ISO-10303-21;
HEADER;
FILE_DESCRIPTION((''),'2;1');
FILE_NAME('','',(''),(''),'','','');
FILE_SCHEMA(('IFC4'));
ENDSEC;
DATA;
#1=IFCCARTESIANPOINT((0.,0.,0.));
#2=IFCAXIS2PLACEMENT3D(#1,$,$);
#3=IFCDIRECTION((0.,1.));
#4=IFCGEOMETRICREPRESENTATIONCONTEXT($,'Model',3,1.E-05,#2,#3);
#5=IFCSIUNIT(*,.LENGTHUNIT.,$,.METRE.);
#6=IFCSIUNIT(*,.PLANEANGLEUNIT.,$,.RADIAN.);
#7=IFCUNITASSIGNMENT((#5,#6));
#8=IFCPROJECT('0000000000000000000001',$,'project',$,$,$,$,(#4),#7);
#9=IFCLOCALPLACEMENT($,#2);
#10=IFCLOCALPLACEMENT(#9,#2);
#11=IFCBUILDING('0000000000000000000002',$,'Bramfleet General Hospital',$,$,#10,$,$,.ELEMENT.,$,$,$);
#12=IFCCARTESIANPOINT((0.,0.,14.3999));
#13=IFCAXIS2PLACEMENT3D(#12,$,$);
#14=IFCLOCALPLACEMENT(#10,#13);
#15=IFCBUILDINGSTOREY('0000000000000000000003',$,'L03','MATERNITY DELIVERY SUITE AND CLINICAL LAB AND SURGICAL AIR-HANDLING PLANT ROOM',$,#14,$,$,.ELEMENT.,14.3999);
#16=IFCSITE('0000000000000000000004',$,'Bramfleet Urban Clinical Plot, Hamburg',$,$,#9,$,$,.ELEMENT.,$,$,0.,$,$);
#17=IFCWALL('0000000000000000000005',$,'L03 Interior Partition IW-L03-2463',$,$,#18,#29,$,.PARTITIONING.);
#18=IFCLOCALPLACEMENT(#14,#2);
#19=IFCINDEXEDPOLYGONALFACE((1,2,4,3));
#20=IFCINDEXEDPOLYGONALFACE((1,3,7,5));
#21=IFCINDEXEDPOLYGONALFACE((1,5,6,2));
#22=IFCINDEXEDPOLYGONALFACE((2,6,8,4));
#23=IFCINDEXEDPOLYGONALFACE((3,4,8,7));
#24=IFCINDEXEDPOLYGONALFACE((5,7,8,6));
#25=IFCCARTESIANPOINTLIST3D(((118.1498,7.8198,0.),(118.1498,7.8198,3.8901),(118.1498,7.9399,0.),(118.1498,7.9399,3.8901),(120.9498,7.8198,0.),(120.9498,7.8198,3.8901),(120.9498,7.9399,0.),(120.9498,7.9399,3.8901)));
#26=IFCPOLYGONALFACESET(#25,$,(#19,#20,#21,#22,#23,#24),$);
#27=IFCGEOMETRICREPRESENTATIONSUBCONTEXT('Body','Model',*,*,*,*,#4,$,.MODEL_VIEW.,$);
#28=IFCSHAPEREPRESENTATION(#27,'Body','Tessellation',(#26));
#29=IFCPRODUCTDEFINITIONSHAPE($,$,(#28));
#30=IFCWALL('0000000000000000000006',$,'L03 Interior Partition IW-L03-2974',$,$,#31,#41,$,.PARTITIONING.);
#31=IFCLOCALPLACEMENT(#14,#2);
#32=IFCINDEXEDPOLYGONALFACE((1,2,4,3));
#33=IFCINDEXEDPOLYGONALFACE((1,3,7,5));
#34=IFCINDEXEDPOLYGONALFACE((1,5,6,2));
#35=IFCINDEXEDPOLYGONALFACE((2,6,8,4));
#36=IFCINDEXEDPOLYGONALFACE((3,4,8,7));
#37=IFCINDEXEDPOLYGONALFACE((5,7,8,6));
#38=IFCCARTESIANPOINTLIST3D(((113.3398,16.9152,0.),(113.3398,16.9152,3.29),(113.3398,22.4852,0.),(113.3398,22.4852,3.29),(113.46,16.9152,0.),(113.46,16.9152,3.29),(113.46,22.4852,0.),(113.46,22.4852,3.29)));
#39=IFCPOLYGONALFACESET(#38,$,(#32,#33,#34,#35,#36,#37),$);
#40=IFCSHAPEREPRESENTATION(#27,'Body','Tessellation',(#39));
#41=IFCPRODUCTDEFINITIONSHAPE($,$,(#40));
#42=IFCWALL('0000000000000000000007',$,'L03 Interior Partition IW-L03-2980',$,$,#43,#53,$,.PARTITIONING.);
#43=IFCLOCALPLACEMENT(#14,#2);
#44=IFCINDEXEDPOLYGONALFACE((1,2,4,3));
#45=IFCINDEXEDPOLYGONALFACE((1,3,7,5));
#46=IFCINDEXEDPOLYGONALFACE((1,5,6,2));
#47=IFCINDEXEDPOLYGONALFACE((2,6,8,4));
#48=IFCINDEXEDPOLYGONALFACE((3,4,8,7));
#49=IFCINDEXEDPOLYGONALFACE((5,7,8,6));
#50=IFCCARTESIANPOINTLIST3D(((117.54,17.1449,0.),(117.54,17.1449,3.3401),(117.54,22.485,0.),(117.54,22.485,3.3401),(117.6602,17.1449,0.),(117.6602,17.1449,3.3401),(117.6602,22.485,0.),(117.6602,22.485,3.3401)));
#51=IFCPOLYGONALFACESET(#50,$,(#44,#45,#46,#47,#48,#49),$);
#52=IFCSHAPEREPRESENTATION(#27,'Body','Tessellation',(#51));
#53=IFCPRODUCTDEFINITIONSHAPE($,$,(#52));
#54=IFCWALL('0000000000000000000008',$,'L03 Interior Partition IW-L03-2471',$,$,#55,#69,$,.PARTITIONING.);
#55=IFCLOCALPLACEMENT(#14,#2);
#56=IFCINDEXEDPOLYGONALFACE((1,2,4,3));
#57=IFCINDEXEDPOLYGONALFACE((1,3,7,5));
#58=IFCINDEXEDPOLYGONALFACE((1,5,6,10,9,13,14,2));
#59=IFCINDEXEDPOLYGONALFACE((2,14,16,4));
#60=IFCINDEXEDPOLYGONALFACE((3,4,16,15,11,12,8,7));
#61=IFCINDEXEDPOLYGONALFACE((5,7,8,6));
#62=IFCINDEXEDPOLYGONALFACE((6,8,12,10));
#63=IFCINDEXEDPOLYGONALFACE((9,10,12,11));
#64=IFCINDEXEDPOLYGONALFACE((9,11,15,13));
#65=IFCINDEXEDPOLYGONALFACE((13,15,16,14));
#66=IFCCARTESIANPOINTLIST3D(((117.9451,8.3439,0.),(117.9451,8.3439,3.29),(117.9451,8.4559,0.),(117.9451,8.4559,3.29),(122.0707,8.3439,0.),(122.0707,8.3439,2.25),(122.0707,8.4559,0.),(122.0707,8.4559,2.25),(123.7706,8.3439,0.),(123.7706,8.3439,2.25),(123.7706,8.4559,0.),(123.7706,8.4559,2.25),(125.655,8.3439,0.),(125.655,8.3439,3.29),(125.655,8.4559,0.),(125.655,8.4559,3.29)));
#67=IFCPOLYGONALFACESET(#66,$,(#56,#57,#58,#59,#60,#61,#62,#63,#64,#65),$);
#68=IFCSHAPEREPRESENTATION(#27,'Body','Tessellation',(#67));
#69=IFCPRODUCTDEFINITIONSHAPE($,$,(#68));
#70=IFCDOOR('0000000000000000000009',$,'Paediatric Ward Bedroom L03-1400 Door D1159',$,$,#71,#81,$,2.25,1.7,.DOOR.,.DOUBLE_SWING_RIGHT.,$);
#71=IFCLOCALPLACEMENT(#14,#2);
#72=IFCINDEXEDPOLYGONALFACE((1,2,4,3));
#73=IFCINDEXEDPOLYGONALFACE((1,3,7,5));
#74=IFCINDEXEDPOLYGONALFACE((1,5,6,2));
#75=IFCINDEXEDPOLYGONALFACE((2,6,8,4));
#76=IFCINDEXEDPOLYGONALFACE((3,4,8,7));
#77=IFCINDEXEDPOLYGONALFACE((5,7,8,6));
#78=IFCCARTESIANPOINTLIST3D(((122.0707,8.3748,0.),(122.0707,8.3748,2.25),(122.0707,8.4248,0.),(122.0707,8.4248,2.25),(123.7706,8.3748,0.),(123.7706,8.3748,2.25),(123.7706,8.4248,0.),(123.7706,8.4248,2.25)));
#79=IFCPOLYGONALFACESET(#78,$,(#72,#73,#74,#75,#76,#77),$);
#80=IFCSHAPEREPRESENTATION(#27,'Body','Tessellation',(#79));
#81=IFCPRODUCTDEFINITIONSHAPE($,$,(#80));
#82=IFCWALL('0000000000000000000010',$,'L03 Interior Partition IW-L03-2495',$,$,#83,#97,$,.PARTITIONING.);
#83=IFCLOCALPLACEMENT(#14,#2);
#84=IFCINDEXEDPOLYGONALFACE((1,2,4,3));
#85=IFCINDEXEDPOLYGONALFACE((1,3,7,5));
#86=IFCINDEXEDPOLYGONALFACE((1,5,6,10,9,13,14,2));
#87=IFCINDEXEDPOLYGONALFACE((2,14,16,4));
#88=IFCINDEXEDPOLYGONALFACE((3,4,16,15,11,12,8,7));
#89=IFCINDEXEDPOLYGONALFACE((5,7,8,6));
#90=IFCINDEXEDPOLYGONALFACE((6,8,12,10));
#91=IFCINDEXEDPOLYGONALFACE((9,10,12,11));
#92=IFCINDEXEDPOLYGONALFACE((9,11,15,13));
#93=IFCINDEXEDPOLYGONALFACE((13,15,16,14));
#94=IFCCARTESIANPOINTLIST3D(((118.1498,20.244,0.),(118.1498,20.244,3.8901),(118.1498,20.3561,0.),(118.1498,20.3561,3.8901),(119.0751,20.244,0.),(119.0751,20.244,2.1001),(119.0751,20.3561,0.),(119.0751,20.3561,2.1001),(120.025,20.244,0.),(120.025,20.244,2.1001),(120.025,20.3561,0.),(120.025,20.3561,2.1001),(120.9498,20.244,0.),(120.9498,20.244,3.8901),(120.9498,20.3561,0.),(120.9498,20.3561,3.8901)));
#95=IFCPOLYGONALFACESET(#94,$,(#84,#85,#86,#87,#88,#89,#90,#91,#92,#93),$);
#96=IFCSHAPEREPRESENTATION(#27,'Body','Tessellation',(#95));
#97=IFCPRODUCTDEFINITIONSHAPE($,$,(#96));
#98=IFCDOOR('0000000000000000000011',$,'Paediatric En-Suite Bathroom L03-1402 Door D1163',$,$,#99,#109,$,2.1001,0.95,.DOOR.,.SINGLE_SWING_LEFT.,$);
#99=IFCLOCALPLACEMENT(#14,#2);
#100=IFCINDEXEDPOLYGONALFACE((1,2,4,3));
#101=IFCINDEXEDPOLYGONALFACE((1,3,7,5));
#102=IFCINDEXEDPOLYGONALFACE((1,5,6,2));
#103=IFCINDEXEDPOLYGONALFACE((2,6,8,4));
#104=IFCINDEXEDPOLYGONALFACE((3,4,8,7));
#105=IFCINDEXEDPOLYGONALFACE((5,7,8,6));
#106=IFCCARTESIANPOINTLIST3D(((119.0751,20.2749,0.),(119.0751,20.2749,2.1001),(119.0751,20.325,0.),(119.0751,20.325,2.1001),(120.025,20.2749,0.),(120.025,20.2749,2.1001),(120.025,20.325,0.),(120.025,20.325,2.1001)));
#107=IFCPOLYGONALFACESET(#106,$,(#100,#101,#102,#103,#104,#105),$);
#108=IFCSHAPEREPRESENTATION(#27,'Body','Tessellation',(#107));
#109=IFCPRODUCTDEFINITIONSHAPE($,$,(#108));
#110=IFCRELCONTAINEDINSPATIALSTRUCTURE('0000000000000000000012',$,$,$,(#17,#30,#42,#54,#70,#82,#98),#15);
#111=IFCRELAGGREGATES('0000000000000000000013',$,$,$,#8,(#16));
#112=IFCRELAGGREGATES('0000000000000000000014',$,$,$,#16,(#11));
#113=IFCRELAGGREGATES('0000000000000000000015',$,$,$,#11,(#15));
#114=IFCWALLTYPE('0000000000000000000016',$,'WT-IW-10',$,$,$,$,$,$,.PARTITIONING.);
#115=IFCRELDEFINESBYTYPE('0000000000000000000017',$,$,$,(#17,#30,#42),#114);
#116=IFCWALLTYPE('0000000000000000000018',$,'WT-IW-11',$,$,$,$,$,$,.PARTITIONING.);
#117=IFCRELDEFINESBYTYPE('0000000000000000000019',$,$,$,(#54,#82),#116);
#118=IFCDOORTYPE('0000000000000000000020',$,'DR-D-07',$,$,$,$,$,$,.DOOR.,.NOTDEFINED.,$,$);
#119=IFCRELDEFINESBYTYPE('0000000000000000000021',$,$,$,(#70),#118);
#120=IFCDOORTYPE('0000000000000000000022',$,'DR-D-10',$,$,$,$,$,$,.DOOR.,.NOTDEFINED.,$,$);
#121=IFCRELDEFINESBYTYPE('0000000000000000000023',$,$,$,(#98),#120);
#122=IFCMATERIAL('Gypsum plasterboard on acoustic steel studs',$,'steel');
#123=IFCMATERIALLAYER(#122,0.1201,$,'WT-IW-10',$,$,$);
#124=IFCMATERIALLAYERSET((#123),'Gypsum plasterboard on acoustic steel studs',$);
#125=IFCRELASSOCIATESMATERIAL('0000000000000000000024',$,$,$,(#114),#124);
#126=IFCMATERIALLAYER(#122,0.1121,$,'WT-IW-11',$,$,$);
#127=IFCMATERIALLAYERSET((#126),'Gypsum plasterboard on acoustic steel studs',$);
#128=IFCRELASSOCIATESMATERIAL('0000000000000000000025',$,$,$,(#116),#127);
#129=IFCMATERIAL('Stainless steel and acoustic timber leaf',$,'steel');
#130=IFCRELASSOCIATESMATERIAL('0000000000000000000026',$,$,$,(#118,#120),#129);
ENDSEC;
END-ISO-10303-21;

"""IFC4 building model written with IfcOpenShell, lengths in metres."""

from ifc_helpers import new_model, si_unit, direction, frame, frame_2d, origin, place, context, subcontext, project, spatial, rectangle, extrude, material, layer, layer_set, type_object, element, fill, save


model = new_model("IFC4")

# Units and contexts
model_context = context("Model", 3, precision=1e-05, world=origin(), true_north=direction((0.0, 1.0)))
body_context = subcontext(model_context, "Body", "Model", "MODEL_VIEW")
ifc_project = project(units=[si_unit("LENGTHUNIT", "METRE"), si_unit("PLANEANGLEUNIT", "RADIAN")], contexts=[model_context])

# Site, building, storey
site_placement = place(None, origin())
site = spatial("IfcSite", under=ifc_project, at=site_placement, Name="Bramfleet Urban Clinical Plot, Hamburg", CompositionType="ELEMENT", RefElevation=0.0)
building_placement = place(site_placement, origin())
building = spatial("IfcBuilding", under=site, at=building_placement, Name="Bramfleet General Hospital", CompositionType="ELEMENT")
storey_placement = place(building_placement, frame((0.0, 0.0, 14.3999)))
storey = spatial("IfcBuildingStorey", under=building, at=storey_placement, Name="L03", Description="MATERNITY DELIVERY SUITE AND CLINICAL LAB AND SURGICAL AIR-HANDLING PLANT ROOM", CompositionType="ELEMENT", Elevation=14.3999)

# Shared definitions
ifc_material_1 = material(Name="Gypsum plasterboard on acoustic steel studs", Category="steel")

# Shared definitions
ifc_material_2 = material(Name="Stainless steel and acoustic timber leaf", Category="steel")

# Walls
ifc_layer_1 = layer(ifc_material_1, 0.1201, Name="WT-IW-10")
ifc_layer_set_1 = layer_set([ifc_layer_1], Name="Gypsum plasterboard on acoustic steel studs")
wall_type_1 = type_object("IfcWallType", Name="WT-IW-10", PredefinedType="PARTITIONING", material=ifc_layer_set_1)
wall_1_placement = place(storey_placement, frame((118.1499, 7.8799, 0.0), z_axis=(0.0, 0.0, 1.0), x_axis=(1.0, 0.0, 0.0)))
element("IfcWall", 1, at=wall_1_placement, inside=storey, type_object=wall_type_1, Name="L03 Interior Partition IW-L03-2463", PredefinedType="PARTITIONING", context=body_context, shape_type="SweptSolid", body=[
    extrude(rectangle(XDim=2.8, YDim=0.1201, at=frame_2d((1.3999, 0.0))), origin(), (0.0, 0.0, 1.0), 3.8901),
])
wall_2_placement = place(storey_placement, frame((113.3999, 16.915, 0.0), z_axis=(0.0, 0.0, 1.0), x_axis=(0.0, 1.0, 0.0)))
element("IfcWall", 2, at=wall_2_placement, inside=storey, type_object=wall_type_1, Name="L03 Interior Partition IW-L03-2974", PredefinedType="PARTITIONING", context=body_context, shape_type="SweptSolid", body=[
    extrude(rectangle(XDim=5.5701, YDim=0.1201, at=frame_2d((2.7852, 0.0))), origin(), (0.0, 0.0, 1.0), 3.29),
])
wall_3_placement = place(storey_placement, frame((117.6001, 17.145, 0.0), z_axis=(0.0, 0.0, 1.0), x_axis=(0.0, 1.0, 0.0)))
element("IfcWall", 3, at=wall_3_placement, inside=storey, type_object=wall_type_1, Name="L03 Interior Partition IW-L03-2980", PredefinedType="PARTITIONING", context=body_context, shape_type="SweptSolid", body=[
    extrude(rectangle(XDim=5.3401, YDim=0.1201, at=frame_2d((2.6699, 0.0))), origin(), (0.0, 0.0, 1.0), 3.3401),
])

# Walls, openings, doors
ifc_layer_2 = layer(ifc_material_1, 0.1121, Name="WT-IW-11")
ifc_layer_set_2 = layer_set([ifc_layer_2], Name="Gypsum plasterboard on acoustic steel studs")
wall_type_2 = type_object("IfcWallType", Name="WT-IW-11", PredefinedType="PARTITIONING", material=ifc_layer_set_2)
wall_4_placement = place(storey_placement, frame((117.9451, 8.3999, 0.0), z_axis=(0.0, 0.0, 1.0), x_axis=(1.0, 0.0, 0.0)))
wall_4 = element("IfcWall", 4, at=wall_4_placement, inside=storey, type_object=wall_type_2, Name="L03 Interior Partition IW-L03-2471", PredefinedType="PARTITIONING", context=body_context, shape_type="SweptSolid", body=[
    extrude(rectangle(XDim=7.71, YDim=0.1121, at=frame_2d((3.855, 0.0))), origin(), (0.0, 0.0, 1.0), 3.29),
])
opening_1_placement = place(wall_4_placement, frame((4.1255, 0.0, 0.0)))
opening_1 = element("IfcOpeningElement", 5, at=opening_1_placement, cuts=wall_4, PredefinedType="OPENING", context=body_context, shape_type="SweptSolid", body=[
    extrude(rectangle(XDim=1.7, YDim=2.25, at=frame_2d((0.8501, 1.125))), frame((0.0, 0.0659, 0.0), z_axis=(0.0, -1.0, 0.0), x_axis=(1.0, 0.0, 0.0)), (0.0, 0.0, 1.0), 0.1321),
])
door_type_1 = type_object("IfcDoorType", Name="DR-D-07", OperationType="NOTDEFINED", PredefinedType="DOOR", material=ifc_material_2)
door_1_placement = place(opening_1_placement, origin())
door_1 = element("IfcDoor", 6, at=door_1_placement, inside=storey, type_object=door_type_1, Name="Paediatric Ward Bedroom L03-1400 Door D1159", OperationType="DOUBLE_SWING_RIGHT", OverallHeight=2.25, OverallWidth=1.7, PredefinedType="DOOR", context=body_context, shape_type="SweptSolid", body=[
    extrude(rectangle(XDim=1.7, YDim=2.25, at=frame_2d((0.8501, 1.125))), frame((0.0, 0.0249, 0.0), z_axis=(0.0, -1.0, 0.0), x_axis=(1.0, 0.0, 0.0)), (0.0, 0.0, 1.0), 0.05),
])
fill(opening_1, door_1)
wall_5_placement = place(storey_placement, frame((118.1499, 20.3, 0.0), z_axis=(0.0, 0.0, 1.0), x_axis=(1.0, 0.0, 0.0)))
wall_5 = element("IfcWall", 7, at=wall_5_placement, inside=storey, type_object=wall_type_2, Name="L03 Interior Partition IW-L03-2495", PredefinedType="PARTITIONING", context=body_context, shape_type="SweptSolid", body=[
    extrude(rectangle(XDim=2.8, YDim=0.1121, at=frame_2d((1.3999, 0.0))), origin(), (0.0, 0.0, 1.0), 3.8901),
])
opening_2_placement = place(wall_5_placement, frame((0.925, 0.0, 0.0)))
opening_2 = element("IfcOpeningElement", 8, at=opening_2_placement, cuts=wall_5, PredefinedType="OPENING", context=body_context, shape_type="SweptSolid", body=[
    extrude(rectangle(XDim=0.95, YDim=2.1001, at=frame_2d((0.4751, 1.05))), frame((0.0, 0.0659, 0.0), z_axis=(0.0, -1.0, 0.0), x_axis=(1.0, 0.0, 0.0)), (0.0, 0.0, 1.0), 0.1321),
])
door_type_2 = type_object("IfcDoorType", Name="DR-D-10", OperationType="NOTDEFINED", PredefinedType="DOOR", material=ifc_material_2)
door_2_placement = place(opening_2_placement, origin())
door_2 = element("IfcDoor", 9, at=door_2_placement, inside=storey, type_object=door_type_2, Name="Paediatric En-Suite Bathroom L03-1402 Door D1163", OperationType="SINGLE_SWING_LEFT", OverallHeight=2.1001, OverallWidth=0.95, PredefinedType="DOOR", context=body_context, shape_type="SweptSolid", body=[
    extrude(rectangle(XDim=0.95, YDim=2.1001, at=frame_2d((0.4751, 1.05))), frame((0.0, 0.0249, 0.0), z_axis=(0.0, -1.0, 0.0), x_axis=(1.0, 0.0, 0.0)), (0.0, 0.0, 1.0), 0.05),
])
fill(opening_2, door_2)

save(model, "model.ifc")
